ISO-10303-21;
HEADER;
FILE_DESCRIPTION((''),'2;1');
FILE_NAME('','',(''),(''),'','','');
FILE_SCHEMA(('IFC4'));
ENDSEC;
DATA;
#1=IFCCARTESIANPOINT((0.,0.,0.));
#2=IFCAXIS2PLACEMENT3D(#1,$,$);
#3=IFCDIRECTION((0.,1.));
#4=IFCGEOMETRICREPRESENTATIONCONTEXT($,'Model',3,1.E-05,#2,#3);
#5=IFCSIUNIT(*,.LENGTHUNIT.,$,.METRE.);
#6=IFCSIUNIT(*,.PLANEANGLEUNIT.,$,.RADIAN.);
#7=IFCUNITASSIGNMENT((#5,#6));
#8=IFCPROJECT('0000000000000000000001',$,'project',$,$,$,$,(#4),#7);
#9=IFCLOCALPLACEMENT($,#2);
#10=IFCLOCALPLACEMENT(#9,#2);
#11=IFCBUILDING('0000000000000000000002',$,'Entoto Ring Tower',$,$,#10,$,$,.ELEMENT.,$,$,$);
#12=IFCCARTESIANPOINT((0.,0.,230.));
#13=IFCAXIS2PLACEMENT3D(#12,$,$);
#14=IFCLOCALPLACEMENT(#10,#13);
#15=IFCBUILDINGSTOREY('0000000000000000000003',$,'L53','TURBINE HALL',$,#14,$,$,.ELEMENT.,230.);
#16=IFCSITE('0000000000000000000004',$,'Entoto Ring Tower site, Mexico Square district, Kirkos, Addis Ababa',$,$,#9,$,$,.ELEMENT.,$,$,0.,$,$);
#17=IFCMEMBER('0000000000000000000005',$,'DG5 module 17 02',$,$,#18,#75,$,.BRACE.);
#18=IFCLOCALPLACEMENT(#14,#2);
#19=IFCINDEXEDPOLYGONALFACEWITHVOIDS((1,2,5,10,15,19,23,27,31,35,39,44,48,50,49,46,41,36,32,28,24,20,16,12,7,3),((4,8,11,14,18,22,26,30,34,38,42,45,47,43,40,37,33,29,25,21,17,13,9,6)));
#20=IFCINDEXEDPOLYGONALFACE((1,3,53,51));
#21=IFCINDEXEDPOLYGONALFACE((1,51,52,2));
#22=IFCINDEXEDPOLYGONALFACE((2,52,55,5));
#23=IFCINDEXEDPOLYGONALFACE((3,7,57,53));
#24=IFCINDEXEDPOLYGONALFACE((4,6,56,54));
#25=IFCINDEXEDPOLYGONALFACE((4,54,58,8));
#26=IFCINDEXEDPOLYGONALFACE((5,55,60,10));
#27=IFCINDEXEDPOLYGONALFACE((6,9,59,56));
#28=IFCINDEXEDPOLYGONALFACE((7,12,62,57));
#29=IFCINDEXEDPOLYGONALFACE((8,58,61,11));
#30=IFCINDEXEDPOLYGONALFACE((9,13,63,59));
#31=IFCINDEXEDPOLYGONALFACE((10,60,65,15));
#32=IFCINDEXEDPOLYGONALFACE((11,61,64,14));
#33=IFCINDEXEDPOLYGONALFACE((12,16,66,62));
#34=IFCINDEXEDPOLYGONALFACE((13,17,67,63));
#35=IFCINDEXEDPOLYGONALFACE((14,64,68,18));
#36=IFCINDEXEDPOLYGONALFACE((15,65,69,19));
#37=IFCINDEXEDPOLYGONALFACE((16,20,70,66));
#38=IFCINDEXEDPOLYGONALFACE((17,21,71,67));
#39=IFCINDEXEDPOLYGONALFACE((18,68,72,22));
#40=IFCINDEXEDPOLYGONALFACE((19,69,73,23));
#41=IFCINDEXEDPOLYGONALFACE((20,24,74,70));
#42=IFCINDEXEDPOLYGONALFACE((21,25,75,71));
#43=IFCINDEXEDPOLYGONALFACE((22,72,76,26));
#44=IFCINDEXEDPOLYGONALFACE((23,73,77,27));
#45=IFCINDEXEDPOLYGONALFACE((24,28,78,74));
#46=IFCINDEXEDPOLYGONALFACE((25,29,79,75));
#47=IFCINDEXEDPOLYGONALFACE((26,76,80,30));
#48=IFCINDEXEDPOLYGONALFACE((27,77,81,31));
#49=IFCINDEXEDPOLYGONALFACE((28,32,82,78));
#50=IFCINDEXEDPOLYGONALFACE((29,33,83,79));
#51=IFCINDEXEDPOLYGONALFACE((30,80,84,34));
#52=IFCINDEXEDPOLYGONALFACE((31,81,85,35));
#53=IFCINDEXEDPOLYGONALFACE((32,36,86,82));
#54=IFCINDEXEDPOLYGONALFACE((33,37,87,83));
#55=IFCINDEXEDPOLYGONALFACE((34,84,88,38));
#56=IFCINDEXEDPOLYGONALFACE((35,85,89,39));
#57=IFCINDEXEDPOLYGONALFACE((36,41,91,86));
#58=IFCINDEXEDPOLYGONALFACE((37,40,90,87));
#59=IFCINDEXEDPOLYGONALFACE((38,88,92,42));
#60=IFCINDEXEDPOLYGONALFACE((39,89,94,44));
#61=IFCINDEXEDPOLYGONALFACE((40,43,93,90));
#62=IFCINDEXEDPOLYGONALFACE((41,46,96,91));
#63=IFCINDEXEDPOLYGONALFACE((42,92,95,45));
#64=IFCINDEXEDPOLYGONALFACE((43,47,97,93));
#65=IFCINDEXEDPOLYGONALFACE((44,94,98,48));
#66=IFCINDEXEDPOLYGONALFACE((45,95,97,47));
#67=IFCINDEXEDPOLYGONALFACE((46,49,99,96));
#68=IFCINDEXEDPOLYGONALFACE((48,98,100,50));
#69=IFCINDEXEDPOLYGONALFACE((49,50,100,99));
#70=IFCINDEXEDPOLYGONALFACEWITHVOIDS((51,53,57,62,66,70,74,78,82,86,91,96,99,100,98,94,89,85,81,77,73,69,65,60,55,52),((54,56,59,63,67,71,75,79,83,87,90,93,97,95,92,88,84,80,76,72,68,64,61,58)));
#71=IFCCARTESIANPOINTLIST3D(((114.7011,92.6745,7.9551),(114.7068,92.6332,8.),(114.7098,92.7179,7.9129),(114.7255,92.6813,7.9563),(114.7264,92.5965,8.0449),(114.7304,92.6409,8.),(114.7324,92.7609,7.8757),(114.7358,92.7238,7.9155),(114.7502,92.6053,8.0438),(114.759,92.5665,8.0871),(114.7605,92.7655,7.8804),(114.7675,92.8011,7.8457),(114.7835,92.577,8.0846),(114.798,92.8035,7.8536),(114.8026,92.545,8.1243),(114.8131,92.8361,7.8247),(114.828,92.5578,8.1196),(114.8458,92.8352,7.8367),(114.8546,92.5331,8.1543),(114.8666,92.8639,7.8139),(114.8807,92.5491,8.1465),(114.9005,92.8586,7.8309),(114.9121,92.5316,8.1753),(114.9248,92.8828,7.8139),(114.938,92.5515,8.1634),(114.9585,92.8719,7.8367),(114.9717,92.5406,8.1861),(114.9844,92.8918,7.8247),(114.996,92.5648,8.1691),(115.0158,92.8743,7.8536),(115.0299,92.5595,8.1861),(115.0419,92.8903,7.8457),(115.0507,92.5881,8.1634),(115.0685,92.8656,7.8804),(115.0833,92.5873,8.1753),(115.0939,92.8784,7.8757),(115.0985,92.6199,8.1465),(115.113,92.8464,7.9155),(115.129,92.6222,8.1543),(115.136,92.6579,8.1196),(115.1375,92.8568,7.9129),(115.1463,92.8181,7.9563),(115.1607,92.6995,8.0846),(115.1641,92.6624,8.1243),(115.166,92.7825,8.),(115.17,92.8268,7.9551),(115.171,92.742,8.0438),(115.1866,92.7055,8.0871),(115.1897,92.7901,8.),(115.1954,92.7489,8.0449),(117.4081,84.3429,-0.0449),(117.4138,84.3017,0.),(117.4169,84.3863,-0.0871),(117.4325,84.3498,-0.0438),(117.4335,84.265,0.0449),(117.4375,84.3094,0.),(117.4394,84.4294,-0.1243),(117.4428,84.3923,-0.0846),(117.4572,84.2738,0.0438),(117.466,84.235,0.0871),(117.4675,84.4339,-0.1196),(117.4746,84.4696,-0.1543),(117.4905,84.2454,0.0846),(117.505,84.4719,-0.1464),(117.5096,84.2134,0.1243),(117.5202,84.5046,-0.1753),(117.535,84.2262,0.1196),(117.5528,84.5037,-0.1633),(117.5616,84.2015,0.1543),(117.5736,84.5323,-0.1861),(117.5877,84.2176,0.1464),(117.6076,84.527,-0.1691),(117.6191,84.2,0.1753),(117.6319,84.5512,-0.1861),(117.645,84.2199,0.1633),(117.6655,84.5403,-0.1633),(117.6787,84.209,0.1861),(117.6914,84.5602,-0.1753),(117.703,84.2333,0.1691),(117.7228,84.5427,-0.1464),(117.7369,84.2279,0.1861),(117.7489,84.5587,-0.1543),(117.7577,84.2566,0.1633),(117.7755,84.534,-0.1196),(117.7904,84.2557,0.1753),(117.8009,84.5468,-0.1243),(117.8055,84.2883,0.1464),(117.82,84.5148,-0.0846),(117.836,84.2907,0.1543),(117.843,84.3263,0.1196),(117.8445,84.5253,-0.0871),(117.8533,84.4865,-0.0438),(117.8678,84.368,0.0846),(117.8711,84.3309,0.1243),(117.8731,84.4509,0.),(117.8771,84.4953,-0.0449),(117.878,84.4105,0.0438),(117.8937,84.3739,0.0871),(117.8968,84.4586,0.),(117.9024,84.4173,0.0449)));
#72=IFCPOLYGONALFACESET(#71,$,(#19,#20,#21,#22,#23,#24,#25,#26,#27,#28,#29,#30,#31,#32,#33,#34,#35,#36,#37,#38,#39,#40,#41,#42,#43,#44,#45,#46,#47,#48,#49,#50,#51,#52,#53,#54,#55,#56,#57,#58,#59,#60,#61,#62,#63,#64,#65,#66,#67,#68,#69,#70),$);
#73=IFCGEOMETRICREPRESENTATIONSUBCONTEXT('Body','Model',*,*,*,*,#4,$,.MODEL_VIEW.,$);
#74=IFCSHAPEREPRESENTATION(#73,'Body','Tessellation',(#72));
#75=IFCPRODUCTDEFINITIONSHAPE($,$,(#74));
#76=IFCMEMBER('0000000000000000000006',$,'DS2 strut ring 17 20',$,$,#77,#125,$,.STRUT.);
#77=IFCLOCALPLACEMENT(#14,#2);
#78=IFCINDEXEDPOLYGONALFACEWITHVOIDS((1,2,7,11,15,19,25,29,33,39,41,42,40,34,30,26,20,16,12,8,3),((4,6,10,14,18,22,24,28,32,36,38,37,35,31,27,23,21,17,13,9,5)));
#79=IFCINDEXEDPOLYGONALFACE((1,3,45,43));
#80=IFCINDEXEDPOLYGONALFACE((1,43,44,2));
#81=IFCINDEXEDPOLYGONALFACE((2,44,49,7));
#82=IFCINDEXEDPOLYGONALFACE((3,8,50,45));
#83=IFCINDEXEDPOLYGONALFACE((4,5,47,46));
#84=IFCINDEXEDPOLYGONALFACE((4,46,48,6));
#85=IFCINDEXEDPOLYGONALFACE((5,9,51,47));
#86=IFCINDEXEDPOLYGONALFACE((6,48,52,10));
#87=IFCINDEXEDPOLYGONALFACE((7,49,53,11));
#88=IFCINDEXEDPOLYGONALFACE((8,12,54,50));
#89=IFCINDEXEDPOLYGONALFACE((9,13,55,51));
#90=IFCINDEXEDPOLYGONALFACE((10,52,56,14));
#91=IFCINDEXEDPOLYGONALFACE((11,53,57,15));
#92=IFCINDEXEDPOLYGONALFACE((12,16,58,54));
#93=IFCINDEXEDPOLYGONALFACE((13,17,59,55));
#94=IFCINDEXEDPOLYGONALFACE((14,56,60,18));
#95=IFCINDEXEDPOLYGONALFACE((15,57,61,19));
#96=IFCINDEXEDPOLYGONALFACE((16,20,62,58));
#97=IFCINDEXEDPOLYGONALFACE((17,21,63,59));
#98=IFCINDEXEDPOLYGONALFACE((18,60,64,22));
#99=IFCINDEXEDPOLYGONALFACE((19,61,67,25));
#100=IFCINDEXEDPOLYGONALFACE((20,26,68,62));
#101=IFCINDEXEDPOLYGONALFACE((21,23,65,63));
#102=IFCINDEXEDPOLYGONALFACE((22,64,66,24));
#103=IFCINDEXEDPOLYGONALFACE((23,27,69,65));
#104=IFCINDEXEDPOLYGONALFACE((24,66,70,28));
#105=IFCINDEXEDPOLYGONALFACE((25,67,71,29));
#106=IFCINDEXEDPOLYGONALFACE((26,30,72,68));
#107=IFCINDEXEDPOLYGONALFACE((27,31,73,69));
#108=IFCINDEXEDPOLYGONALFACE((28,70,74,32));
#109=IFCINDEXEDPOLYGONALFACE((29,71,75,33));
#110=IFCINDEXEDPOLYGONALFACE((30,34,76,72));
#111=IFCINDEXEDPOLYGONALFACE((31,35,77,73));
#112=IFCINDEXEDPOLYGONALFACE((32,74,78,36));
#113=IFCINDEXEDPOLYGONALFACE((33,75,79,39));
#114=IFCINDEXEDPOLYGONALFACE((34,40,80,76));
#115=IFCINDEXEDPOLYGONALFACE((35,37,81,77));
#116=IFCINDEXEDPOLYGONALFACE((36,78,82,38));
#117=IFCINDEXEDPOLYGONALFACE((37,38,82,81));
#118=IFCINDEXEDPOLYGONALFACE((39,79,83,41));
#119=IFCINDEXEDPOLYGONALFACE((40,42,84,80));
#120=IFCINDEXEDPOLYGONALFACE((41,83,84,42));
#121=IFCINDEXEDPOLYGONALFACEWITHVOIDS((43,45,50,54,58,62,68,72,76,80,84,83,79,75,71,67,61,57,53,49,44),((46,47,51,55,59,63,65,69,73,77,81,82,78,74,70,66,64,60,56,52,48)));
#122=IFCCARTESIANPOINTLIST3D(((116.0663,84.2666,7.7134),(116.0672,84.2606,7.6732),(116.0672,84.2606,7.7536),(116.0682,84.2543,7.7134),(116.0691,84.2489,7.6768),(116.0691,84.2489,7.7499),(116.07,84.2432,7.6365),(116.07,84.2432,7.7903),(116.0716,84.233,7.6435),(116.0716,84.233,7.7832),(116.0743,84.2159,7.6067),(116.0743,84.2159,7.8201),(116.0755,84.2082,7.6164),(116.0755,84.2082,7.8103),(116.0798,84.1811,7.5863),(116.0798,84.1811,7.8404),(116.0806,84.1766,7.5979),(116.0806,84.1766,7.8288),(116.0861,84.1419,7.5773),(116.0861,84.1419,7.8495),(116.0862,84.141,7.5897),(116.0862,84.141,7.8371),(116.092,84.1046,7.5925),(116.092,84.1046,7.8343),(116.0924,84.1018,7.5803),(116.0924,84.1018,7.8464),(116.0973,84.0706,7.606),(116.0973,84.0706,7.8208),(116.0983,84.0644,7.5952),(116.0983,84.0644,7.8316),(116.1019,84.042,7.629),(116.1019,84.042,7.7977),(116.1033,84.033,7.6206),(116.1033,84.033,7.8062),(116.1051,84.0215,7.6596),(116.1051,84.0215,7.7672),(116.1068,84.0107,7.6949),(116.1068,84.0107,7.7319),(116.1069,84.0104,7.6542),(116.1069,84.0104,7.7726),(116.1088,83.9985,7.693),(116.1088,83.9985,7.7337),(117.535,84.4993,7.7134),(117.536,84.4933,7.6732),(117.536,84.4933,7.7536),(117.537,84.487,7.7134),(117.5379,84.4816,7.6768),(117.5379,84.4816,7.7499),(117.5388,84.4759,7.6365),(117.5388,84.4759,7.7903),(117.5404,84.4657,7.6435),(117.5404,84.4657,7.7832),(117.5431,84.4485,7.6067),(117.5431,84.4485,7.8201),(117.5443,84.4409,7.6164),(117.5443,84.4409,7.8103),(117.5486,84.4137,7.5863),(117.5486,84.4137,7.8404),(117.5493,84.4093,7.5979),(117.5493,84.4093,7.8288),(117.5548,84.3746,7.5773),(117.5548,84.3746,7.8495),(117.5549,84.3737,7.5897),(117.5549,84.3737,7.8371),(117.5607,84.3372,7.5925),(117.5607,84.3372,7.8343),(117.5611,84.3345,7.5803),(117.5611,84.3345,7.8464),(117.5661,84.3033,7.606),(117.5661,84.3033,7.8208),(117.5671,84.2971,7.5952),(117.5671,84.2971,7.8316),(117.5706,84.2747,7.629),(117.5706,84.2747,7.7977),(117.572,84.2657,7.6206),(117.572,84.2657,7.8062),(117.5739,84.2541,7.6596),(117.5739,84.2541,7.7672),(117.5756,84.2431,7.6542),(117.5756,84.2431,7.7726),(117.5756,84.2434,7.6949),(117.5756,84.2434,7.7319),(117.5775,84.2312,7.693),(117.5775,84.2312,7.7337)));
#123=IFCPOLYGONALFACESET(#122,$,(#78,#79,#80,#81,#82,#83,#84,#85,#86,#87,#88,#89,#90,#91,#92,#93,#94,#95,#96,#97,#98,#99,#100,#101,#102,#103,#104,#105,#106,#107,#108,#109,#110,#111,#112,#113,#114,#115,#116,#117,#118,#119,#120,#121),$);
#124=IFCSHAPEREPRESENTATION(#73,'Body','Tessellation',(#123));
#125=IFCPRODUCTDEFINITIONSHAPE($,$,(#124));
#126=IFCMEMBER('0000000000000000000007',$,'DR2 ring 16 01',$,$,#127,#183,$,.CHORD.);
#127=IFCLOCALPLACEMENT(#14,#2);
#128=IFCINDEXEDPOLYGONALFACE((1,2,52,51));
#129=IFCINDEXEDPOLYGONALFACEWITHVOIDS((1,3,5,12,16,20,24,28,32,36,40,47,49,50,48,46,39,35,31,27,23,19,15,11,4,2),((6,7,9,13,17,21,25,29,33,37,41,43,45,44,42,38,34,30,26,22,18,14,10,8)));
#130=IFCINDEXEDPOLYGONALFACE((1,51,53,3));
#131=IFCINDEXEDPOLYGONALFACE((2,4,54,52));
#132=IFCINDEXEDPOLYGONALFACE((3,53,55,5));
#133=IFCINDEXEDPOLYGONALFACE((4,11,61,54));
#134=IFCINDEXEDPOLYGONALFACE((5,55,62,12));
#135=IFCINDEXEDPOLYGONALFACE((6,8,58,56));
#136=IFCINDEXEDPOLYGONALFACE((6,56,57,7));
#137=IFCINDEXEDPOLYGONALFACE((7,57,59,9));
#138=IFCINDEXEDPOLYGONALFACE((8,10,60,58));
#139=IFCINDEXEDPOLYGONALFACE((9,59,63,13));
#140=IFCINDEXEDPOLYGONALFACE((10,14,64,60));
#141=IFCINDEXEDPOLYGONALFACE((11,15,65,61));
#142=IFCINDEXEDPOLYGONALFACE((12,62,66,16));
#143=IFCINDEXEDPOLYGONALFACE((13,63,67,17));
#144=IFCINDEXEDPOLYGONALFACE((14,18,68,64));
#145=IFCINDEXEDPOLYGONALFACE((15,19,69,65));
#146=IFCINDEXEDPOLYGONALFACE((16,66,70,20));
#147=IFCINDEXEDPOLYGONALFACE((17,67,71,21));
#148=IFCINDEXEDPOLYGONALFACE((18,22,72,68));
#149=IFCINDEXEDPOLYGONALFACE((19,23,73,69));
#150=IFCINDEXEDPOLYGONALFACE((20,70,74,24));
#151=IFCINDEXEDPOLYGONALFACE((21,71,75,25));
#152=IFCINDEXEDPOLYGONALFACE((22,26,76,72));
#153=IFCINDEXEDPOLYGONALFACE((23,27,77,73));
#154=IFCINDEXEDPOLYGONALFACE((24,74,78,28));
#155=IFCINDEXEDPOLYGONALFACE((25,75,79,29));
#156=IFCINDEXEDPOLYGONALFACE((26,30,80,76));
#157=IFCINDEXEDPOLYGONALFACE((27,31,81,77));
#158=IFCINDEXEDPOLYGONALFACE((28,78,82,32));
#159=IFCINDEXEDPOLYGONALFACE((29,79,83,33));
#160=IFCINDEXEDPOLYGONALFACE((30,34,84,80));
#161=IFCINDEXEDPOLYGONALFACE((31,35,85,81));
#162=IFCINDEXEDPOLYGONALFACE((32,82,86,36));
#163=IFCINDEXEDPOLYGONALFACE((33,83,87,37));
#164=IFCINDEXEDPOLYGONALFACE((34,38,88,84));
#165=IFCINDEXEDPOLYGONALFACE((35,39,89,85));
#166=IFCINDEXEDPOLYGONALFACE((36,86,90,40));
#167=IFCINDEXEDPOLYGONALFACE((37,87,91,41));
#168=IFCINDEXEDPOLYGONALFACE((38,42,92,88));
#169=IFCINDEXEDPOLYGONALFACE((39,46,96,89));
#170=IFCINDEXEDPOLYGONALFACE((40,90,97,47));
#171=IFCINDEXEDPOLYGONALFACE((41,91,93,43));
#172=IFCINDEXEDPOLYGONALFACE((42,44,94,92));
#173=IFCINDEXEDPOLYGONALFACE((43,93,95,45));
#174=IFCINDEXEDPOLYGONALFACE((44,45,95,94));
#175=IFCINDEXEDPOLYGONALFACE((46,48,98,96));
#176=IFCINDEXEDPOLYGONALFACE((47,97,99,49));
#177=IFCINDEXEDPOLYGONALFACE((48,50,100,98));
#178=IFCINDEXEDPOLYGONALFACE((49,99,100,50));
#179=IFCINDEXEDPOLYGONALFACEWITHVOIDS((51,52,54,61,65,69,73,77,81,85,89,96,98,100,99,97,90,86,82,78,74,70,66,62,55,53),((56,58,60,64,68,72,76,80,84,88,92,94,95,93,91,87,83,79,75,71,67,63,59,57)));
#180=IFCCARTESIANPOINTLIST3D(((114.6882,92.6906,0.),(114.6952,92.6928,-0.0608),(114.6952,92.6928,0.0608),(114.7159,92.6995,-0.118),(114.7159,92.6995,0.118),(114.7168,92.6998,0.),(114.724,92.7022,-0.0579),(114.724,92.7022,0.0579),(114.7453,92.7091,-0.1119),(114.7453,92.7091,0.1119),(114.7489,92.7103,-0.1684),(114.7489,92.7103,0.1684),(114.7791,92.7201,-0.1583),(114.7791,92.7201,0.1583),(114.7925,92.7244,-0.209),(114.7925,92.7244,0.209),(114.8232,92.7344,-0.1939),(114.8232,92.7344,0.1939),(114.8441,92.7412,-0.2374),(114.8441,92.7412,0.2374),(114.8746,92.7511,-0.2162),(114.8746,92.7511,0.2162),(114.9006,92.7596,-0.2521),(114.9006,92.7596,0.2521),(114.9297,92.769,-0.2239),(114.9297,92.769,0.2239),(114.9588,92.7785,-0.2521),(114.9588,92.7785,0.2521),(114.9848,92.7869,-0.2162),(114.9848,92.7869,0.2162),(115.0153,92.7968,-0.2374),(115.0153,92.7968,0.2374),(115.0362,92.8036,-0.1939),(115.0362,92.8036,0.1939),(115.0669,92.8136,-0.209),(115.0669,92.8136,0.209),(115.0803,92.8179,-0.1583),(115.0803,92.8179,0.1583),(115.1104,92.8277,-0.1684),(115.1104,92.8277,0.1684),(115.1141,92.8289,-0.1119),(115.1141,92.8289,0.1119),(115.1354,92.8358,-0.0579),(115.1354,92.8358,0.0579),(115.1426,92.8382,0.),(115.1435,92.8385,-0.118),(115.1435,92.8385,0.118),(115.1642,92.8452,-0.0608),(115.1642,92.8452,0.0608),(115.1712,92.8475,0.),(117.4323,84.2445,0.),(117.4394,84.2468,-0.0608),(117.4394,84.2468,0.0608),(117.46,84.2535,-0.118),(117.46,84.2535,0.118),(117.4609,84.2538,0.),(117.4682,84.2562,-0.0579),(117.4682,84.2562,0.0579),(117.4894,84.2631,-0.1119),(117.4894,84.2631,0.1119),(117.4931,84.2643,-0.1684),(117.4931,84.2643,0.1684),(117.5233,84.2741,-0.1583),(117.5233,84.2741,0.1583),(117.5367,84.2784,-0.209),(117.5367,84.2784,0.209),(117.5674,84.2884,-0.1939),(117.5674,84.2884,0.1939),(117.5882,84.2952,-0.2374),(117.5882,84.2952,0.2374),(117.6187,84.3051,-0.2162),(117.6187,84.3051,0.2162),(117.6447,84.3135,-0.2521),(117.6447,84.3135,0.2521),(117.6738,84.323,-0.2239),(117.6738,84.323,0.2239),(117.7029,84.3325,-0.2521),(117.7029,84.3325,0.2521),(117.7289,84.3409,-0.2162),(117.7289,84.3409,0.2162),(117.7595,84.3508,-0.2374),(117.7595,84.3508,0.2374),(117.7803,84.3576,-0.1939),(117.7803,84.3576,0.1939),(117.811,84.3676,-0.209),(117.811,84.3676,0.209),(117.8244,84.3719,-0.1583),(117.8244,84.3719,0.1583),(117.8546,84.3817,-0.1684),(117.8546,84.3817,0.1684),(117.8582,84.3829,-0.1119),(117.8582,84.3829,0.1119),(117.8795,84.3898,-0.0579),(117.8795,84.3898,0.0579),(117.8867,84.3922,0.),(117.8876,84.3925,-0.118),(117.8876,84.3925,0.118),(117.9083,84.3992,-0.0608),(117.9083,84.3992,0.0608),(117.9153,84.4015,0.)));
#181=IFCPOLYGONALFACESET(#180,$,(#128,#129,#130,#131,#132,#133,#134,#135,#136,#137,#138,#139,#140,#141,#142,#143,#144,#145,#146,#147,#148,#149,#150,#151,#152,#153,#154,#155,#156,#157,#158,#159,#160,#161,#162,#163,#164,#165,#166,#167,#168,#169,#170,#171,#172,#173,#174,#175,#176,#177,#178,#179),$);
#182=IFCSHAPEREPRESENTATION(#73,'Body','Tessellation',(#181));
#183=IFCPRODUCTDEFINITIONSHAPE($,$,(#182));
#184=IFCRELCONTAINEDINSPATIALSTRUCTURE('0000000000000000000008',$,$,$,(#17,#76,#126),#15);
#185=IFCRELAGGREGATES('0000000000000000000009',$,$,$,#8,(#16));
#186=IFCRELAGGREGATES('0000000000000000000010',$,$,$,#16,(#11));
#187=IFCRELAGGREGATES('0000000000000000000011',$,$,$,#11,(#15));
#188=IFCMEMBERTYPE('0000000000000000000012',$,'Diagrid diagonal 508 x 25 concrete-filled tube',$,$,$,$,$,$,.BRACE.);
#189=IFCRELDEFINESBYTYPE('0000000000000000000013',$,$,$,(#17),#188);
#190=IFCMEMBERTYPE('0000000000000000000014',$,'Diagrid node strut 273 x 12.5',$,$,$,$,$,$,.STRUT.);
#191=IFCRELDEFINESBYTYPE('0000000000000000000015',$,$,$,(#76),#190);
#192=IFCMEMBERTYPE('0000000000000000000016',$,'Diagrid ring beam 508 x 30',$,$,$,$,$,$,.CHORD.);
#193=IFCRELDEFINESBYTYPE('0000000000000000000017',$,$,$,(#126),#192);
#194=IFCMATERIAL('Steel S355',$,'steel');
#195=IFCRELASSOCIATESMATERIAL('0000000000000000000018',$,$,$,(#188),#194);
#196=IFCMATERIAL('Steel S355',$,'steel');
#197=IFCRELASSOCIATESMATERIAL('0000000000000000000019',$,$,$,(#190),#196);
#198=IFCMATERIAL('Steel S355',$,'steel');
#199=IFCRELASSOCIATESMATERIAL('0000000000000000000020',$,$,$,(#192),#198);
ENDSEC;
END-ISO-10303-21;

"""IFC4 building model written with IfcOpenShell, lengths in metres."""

from ifc_helpers import new_model, si_unit, direction, frame, origin, origin_2d, place, context, subcontext, project, spatial, circle, hollow_circle, extrude, material, material_profile, profile_set, type_object, element, save


model = new_model("IFC4")

# Units and contexts
model_context = context("Model", 3, precision=1e-05, world=origin(), true_north=direction((0.0, 1.0)))
body_context = subcontext(model_context, "Body", "Model", "MODEL_VIEW")
ifc_project = project(units=[si_unit("LENGTHUNIT", "METRE"), si_unit("PLANEANGLEUNIT", "RADIAN")], contexts=[model_context])

# Site, building, storey
site_placement = place(None, origin())
site = spatial("IfcSite", under=ifc_project, at=site_placement, Name="Entoto Ring Tower site, Mexico Square district, Kirkos, Addis Ababa", CompositionType="ELEMENT", RefElevation=0.0)
building_placement = place(site_placement, origin())
building = spatial("IfcBuilding", under=site, at=building_placement, Name="Entoto Ring Tower", CompositionType="ELEMENT")
storey_placement = place(building_placement, frame((0.0, 0.0, 230.0)))
storey = spatial("IfcBuildingStorey", under=building, at=storey_placement, Name="L53", Description="TURBINE HALL", CompositionType="ELEMENT", Elevation=230.0)

# Members
ifc_material_1 = material(Name="Steel S355", Category="steel")
ifc_material_profile_1 = material_profile(ifc_material_1, hollow_circle(Radius=0.2539, WallThickness=0.0249, at=origin_2d()), Name="CHS 508 x 25")
ifc_material_2 = material(Name="Concrete C60/75", Category="concrete")
ifc_material_profile_2 = material_profile(ifc_material_2, circle(Radius=0.229, at=origin_2d()), Name="Concrete C60/75 infill")
ifc_profile_set_1 = profile_set([ifc_material_profile_1, ifc_material_profile_2], Name="Steel S355")
member_type_1 = type_object("IfcMemberType", Name="Diagrid diagonal 508 x 25 concrete-filled tube", PredefinedType="BRACE", material=ifc_profile_set_1)
for number, where, z_axis, x_axis, name in (
    (1, (117.6553, 84.3801, 0.0), (-0.228182, 0.702284, 0.674337), (-0.951058, -0.309012, 0.0), "DG5 module 17 02"),
):
    element("IfcMember", number, at=place(storey_placement, frame(where, z_axis=z_axis, x_axis=x_axis)), inside=storey, type_object=member_type_1, Name=name, PredefinedType="BRACE", context=body_context, shape_type="SweptSolid", body=[
        extrude(hollow_circle(Radius=0.2539, WallThickness=0.0249, at=origin_2d()), origin(), (0.0, 0.0, 1.0), 11.8635),
    ])
ifc_material_3 = material(Name="Steel S355", Category="steel")
ifc_material_profile_3 = material_profile(ifc_material_3, hollow_circle(Radius=0.1365, WallThickness=0.0125, at=origin_2d()), Name="CHS 273 x 12.5")
ifc_material_4 = material(Name="Concrete C60/75", Category="concrete")
ifc_material_profile_4 = material_profile(ifc_material_4, circle(Radius=0.124, at=origin_2d()), Name="Concrete C60/75 infill")
ifc_profile_set_2 = profile_set([ifc_material_profile_3, ifc_material_profile_4], Name="Steel S355")
member_type_2 = type_object("IfcMemberType", Name="Diagrid node strut 273 x 12.5", PredefinedType="STRUT", material=ifc_profile_set_2)
member_1_placement = place(storey_placement, frame((116.0876, 84.1318, 7.7134), z_axis=(0.987684, 0.15646, 0.0), x_axis=(-0.15646, 0.987684, 0.0)))
element("IfcMember", 2, at=member_1_placement, inside=storey, type_object=member_type_2, Name="DS2 strut ring 17 20", PredefinedType="STRUT", context=body_context, shape_type="SweptSolid", body=[
    extrude(hollow_circle(Radius=0.1365, WallThickness=0.0125, at=origin_2d()), origin(), (0.0, 0.0, 1.0), 1.4871),
])
ifc_material_5 = material(Name="Steel S355", Category="steel")
ifc_material_profile_5 = material_profile(ifc_material_5, hollow_circle(Radius=0.2539, WallThickness=0.03, at=origin_2d()), Name="CHS 508 x 30")
ifc_material_6 = material(Name="Concrete C60/75", Category="concrete")
ifc_material_profile_6 = material_profile(ifc_material_6, circle(Radius=0.2241, at=origin_2d()), Name="Concrete C60/75 infill")
ifc_profile_set_3 = profile_set([ifc_material_profile_5, ifc_material_profile_6], Name="Steel S355")
member_type_3 = type_object("IfcMemberType", Name="Diagrid ring beam 508 x 30", PredefinedType="CHORD", material=ifc_profile_set_3)
member_2_placement = place(storey_placement, frame((117.6738, 84.323, 0.0), z_axis=(-0.309002, 0.951061, 0.0), x_axis=(-0.951061, -0.309002, 0.0)))
element("IfcMember", 3, at=member_2_placement, inside=storey, type_object=member_type_3, Name="DR2 ring 16 01", PredefinedType="CHORD", context=body_context, shape_type="SweptSolid", body=[
    extrude(hollow_circle(Radius=0.2539, WallThickness=0.03, at=origin_2d()), origin(), (0.0, 0.0, 1.0), 8.8806),
])

save(model, "model.ifc")
